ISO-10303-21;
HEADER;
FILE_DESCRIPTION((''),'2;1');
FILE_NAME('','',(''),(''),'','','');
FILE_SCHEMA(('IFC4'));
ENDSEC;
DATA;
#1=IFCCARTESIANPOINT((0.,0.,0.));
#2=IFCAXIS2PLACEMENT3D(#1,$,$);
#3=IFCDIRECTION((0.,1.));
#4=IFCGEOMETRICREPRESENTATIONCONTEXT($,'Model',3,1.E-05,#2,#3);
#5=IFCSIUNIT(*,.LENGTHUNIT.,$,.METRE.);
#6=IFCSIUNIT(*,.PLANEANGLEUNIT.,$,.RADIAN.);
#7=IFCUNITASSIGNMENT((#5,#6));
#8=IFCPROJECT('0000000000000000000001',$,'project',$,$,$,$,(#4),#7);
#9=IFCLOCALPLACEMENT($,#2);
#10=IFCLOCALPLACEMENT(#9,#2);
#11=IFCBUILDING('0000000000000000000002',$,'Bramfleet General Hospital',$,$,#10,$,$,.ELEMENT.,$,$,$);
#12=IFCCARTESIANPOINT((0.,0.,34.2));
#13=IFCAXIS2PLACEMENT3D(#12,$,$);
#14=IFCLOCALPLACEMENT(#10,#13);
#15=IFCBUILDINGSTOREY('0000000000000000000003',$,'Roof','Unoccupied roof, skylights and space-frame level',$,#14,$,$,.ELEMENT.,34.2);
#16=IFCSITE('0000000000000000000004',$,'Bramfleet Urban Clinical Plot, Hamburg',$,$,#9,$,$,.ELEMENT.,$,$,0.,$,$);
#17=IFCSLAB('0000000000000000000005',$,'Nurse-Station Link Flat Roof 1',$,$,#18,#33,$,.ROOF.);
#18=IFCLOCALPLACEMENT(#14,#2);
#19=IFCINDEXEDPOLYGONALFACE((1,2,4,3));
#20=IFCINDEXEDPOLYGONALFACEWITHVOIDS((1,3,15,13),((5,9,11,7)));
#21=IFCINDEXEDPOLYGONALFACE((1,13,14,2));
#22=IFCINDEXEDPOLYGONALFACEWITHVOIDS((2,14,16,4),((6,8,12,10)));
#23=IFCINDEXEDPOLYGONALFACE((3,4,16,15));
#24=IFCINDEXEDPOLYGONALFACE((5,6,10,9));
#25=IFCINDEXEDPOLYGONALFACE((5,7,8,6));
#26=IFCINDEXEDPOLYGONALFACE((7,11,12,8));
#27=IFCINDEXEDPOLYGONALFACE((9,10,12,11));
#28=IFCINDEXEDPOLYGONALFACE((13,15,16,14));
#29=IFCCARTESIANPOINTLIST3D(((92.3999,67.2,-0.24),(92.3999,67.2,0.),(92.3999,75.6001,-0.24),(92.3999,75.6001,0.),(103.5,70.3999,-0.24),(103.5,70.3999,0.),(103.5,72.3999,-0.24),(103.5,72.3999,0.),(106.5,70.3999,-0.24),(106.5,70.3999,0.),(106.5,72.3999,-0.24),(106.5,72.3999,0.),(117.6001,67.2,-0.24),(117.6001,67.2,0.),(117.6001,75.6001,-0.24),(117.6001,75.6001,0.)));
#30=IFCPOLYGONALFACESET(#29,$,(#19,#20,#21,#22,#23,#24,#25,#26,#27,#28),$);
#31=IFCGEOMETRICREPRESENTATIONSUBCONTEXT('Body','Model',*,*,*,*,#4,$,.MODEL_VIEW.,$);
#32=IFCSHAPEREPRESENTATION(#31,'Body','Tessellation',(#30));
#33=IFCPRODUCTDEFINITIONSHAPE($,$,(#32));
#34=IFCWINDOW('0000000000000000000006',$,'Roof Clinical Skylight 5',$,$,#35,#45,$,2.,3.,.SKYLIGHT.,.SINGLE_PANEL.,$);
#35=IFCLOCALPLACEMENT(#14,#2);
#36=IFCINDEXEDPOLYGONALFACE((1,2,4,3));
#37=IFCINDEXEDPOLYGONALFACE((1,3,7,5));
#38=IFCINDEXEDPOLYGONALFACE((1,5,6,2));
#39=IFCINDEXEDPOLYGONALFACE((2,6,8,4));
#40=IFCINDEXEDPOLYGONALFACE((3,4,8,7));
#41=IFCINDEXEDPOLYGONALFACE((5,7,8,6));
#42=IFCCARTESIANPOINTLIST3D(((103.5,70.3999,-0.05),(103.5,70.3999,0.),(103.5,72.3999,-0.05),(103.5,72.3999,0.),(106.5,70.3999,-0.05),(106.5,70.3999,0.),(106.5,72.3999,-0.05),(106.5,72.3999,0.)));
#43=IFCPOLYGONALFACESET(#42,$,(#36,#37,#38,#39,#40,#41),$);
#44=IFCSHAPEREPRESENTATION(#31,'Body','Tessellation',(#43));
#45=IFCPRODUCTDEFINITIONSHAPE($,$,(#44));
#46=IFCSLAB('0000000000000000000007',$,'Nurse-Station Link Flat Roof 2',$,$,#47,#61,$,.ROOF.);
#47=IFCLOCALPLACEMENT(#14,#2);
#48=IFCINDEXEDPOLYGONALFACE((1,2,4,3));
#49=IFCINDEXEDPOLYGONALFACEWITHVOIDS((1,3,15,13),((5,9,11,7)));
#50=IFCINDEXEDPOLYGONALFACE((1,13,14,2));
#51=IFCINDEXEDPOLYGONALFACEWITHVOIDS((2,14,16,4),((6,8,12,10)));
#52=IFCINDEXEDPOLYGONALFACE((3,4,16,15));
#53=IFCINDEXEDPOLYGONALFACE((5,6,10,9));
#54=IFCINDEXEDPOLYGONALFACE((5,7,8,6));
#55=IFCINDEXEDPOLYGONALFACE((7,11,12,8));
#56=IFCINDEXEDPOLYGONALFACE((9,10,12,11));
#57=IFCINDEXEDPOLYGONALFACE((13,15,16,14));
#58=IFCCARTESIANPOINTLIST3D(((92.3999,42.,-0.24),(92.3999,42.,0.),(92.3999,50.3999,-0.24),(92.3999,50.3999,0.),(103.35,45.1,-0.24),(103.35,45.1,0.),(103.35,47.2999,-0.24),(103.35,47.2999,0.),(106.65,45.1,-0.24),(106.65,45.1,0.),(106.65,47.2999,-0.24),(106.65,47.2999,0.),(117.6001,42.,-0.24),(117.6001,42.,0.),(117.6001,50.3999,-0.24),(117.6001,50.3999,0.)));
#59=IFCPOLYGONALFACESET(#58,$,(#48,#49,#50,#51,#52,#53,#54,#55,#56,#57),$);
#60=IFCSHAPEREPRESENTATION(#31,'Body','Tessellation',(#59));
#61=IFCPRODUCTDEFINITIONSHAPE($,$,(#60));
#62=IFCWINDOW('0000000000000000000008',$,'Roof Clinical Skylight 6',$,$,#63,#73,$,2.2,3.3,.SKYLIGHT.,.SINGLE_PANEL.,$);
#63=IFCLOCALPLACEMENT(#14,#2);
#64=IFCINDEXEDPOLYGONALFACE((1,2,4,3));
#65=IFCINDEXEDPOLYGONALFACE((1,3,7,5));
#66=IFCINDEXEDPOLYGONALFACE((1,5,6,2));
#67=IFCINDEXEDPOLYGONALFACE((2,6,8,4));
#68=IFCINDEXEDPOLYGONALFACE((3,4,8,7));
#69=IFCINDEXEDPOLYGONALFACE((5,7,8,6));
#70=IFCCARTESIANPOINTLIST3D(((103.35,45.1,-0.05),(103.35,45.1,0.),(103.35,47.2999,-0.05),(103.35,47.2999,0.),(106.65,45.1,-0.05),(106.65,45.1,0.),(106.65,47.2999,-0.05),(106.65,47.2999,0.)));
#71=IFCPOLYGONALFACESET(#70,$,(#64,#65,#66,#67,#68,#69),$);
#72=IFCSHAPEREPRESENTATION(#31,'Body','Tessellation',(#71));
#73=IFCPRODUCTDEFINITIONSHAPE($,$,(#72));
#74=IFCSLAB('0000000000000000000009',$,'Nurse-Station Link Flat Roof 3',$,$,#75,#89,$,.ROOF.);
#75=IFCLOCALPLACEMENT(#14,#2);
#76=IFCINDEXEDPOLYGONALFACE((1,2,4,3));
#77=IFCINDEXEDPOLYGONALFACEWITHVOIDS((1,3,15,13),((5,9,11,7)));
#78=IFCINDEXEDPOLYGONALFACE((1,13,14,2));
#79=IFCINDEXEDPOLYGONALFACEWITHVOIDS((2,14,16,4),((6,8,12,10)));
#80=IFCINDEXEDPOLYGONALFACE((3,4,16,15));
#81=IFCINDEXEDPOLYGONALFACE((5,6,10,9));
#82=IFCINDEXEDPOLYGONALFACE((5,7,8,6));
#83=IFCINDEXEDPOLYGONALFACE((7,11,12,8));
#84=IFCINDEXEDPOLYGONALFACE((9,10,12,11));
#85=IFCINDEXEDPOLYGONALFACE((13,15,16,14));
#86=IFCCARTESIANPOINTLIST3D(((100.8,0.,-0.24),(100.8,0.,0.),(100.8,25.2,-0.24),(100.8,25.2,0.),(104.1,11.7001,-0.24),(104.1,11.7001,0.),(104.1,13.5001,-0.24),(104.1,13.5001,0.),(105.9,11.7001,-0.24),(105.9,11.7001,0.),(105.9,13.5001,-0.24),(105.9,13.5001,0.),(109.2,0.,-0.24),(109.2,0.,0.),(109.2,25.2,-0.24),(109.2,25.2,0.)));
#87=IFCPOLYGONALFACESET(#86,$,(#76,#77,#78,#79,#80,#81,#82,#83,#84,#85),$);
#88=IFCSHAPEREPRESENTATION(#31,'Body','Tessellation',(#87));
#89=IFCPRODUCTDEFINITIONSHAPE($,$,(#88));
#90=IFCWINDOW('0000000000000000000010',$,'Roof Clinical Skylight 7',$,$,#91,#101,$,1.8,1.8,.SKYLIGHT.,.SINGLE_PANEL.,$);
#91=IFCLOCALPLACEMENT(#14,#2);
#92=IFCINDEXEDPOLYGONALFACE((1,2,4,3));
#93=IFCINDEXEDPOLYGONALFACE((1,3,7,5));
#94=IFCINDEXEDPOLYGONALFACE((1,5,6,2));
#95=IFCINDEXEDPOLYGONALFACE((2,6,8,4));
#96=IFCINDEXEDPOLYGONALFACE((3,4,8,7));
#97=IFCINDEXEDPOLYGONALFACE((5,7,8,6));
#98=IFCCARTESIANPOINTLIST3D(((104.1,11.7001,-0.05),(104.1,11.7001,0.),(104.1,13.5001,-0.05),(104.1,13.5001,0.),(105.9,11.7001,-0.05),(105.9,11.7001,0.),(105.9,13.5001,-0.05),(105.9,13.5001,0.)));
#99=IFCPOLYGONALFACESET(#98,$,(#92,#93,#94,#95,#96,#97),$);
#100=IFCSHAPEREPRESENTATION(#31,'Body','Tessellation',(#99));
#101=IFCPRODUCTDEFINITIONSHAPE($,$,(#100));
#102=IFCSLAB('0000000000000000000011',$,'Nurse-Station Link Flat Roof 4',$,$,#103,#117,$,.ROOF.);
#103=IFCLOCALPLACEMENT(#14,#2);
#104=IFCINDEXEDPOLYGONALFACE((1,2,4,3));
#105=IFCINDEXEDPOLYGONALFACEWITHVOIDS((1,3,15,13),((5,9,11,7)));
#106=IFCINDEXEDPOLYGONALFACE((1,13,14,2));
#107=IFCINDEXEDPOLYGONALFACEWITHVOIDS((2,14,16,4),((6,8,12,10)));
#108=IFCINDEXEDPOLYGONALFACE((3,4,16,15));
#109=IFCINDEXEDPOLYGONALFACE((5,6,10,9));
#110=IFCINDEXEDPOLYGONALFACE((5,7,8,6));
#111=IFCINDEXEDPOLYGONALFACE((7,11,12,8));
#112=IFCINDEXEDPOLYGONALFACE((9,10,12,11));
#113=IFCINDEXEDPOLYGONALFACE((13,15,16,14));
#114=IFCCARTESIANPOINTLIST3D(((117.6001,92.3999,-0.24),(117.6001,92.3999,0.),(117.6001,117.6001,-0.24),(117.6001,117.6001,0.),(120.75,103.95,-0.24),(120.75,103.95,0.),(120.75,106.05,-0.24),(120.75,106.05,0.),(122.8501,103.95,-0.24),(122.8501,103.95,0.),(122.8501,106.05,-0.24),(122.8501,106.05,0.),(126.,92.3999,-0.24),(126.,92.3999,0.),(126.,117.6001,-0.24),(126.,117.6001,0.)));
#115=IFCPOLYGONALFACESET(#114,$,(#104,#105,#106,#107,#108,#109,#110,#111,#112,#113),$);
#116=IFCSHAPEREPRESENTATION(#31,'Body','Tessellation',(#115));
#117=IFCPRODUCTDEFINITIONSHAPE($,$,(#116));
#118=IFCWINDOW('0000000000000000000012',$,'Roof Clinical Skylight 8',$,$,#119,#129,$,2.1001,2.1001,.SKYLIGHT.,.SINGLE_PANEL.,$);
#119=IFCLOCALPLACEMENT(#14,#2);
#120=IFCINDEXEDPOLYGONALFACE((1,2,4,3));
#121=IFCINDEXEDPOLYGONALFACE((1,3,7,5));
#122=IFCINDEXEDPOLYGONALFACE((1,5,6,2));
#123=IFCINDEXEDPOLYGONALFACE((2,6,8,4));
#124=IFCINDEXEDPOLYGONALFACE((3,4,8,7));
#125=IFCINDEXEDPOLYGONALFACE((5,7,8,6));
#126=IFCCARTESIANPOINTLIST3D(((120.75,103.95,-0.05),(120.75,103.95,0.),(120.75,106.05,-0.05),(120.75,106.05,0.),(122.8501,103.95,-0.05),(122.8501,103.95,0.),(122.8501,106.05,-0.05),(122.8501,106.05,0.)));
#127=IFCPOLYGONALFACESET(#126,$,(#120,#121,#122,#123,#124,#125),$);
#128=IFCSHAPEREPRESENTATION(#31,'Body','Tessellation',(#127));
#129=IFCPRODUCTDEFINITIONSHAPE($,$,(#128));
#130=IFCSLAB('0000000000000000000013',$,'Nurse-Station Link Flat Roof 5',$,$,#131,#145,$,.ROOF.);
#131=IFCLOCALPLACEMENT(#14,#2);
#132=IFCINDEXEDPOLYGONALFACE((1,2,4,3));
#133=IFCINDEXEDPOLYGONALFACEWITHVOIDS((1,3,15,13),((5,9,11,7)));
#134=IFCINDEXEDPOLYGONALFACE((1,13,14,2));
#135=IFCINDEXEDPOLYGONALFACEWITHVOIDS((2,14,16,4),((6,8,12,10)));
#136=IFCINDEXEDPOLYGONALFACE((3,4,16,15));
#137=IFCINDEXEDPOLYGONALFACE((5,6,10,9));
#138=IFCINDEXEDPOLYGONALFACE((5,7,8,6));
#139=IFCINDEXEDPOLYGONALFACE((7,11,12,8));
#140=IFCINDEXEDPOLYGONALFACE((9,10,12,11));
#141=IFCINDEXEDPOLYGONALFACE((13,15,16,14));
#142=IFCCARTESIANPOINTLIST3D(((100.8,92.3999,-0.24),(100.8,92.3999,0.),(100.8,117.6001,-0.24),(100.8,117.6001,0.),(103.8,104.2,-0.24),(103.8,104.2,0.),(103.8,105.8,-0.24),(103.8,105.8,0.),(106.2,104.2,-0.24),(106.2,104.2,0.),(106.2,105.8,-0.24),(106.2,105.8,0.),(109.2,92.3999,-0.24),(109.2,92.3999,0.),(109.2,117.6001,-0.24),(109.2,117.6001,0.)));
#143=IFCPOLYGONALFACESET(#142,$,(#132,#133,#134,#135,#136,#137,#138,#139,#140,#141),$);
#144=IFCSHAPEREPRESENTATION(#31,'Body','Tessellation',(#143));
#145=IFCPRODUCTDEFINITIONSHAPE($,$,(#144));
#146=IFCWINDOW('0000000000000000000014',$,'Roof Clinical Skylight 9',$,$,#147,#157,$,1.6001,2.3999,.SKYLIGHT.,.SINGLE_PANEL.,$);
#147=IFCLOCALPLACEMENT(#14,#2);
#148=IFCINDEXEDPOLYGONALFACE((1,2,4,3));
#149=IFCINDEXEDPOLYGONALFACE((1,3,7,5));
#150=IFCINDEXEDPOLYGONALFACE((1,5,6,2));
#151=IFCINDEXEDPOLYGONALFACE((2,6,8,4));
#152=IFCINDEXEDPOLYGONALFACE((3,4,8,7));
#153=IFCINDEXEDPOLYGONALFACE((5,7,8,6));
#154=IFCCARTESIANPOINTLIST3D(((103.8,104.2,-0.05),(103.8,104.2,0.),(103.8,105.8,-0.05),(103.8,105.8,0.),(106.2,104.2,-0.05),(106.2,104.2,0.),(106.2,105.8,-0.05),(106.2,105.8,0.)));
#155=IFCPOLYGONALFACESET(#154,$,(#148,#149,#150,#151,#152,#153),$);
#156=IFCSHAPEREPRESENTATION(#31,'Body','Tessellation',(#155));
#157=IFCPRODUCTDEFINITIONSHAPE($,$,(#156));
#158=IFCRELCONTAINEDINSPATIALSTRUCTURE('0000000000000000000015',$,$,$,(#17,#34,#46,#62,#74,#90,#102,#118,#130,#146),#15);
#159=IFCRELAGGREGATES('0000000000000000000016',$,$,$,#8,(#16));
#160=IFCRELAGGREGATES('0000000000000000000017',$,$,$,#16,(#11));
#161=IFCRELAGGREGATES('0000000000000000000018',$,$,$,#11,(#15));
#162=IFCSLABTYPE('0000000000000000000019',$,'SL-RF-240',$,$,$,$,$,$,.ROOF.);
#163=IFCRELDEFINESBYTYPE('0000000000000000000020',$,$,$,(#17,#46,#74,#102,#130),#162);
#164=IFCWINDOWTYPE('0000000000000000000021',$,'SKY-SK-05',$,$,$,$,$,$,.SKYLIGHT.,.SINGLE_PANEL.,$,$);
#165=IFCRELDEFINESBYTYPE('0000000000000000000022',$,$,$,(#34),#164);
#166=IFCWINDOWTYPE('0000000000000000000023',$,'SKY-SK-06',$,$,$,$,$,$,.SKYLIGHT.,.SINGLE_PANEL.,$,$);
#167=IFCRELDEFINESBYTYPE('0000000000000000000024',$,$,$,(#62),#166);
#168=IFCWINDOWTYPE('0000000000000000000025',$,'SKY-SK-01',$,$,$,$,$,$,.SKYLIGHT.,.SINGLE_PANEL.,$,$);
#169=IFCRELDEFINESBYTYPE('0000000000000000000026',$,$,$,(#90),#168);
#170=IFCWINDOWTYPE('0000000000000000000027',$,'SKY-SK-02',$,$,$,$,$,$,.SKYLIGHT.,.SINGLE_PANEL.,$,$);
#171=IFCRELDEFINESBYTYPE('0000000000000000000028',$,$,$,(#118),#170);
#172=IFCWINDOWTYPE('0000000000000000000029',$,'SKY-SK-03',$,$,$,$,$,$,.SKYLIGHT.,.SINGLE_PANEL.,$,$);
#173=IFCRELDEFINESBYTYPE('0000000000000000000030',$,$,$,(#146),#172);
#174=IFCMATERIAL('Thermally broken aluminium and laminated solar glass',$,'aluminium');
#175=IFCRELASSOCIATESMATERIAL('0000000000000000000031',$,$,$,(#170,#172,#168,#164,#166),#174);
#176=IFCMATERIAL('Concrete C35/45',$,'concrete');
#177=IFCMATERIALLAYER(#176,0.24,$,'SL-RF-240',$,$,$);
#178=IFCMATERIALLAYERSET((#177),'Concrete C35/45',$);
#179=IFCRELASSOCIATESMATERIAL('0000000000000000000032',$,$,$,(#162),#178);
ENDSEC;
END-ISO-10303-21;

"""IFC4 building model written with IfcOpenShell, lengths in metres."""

from ifc_helpers import new_model, si_unit, direction, frame, origin, origin_2d, place, context, subcontext, project, spatial, polyline, rectangle, outline, extrude, material, layer, layer_set, type_object, element, fill, save


model = new_model("IFC4")

# Units and contexts
model_context = context("Model", 3, precision=1e-05, world=origin(), true_north=direction((0.0, 1.0)))
body_context = subcontext(model_context, "Body", "Model", "MODEL_VIEW")
ifc_project = project(units=[si_unit("LENGTHUNIT", "METRE"), si_unit("PLANEANGLEUNIT", "RADIAN")], contexts=[model_context])

# Site, building, storey
site_placement = place(None, origin())
site = spatial("IfcSite", under=ifc_project, at=site_placement, Name="Bramfleet Urban Clinical Plot, Hamburg", CompositionType="ELEMENT", RefElevation=0.0)
building_placement = place(site_placement, origin())
building = spatial("IfcBuilding", under=site, at=building_placement, Name="Bramfleet General Hospital", CompositionType="ELEMENT")
storey_placement = place(building_placement, frame((0.0, 0.0, 34.2)))
storey = spatial("IfcBuildingStorey", under=building, at=storey_placement, Name="Roof", Description="Unoccupied roof, skylights and space-frame level", CompositionType="ELEMENT", Elevation=34.2)

# Shared definitions
ifc_material_1 = material(Name="Concrete C35/45", Category="concrete")
ifc_material_2 = material(Name="Thermally broken aluminium and laminated solar glass", Category="aluminium")
window_type_1 = type_object("IfcWindowType", Name="SKY-SK-02", PartitioningType="SINGLE_PANEL", PredefinedType="SKYLIGHT", material=ifc_material_2)
window_type_2 = type_object("IfcWindowType", Name="SKY-SK-03", PartitioningType="SINGLE_PANEL", PredefinedType="SKYLIGHT", material=ifc_material_2)

# Shared definitions
ifc_layer_1 = layer(ifc_material_1, 0.24, Name="SL-RF-240")
ifc_layer_set_1 = layer_set([ifc_layer_1], Name="Concrete C35/45")
slab_type_1 = type_object("IfcSlabType", Name="SL-RF-240", PredefinedType="ROOF", material=ifc_layer_set_1)

# Slabs, openings, windows
window_type_3 = type_object("IfcWindowType", Name="SKY-SK-01", PartitioningType="SINGLE_PANEL", PredefinedType="SKYLIGHT", material=ifc_material_2)
slab_1_placement = place(storey_placement, frame((0.0, 0.0, -0.24)))
slab_1 = element("IfcSlab", 1, at=slab_1_placement, inside=storey, type_object=slab_type_1, Name="Nurse-Station Link Flat Roof 1", PredefinedType="ROOF", context=body_context, shape_type="SweptSolid", body=[
    extrude(outline(polyline([(92.3999, 75.6001), (92.3999, 75.6001), (117.6001, 75.6001), (117.6001, 75.6001), (117.6001, 67.2), (92.3999, 67.2), (92.3999, 75.6001)])), origin(), (0.0, 0.0, 1.0), 0.24),
])
opening_1_placement = place(slab_1_placement, frame((105.0, 71.3999, -0.01)))
opening_1 = element("IfcOpeningElement", 2, at=opening_1_placement, cuts=slab_1, PredefinedType="OPENING", context=body_context, shape_type="SweptSolid", body=[
    extrude(rectangle(XDim=3.0, YDim=2.0, at=origin_2d()), origin(), (0.0, 0.0, 1.0), 0.26),
])
window_type_4 = type_object("IfcWindowType", Name="SKY-SK-05", PartitioningType="SINGLE_PANEL", PredefinedType="SKYLIGHT", material=ifc_material_2)
window_1_placement = place(slab_1_placement, frame((105.0, 71.3999, 0.1899)))
window_1 = element("IfcWindow", 3, at=window_1_placement, inside=storey, type_object=window_type_4, Name="Roof Clinical Skylight 5", OverallHeight=2.0, OverallWidth=3.0, PartitioningType="SINGLE_PANEL", PredefinedType="SKYLIGHT", context=body_context, shape_type="SweptSolid", body=[
    extrude(rectangle(XDim=3.0, YDim=2.0, at=origin_2d()), origin(), (0.0, 0.0, 1.0), 0.05),
])
fill(opening_1, window_1)
slab_2_placement = place(storey_placement, frame((0.0, 0.0, -0.24)))
slab_2 = element("IfcSlab", 4, at=slab_2_placement, inside=storey, type_object=slab_type_1, Name="Nurse-Station Link Flat Roof 2", PredefinedType="ROOF", context=body_context, shape_type="SweptSolid", body=[
    extrude(outline(polyline([(92.3999, 50.3999), (117.6001, 50.3999), (117.6001, 50.3999), (117.6001, 42.0), (92.3999, 42.0), (92.3999, 50.3999), (92.3999, 50.3999)])), origin(), (0.0, 0.0, 1.0), 0.24),
])
opening_2_placement = place(slab_2_placement, frame((105.0, 46.2, -0.01)))
opening_2 = element("IfcOpeningElement", 5, at=opening_2_placement, cuts=slab_2, PredefinedType="OPENING", context=body_context, shape_type="SweptSolid", body=[
    extrude(rectangle(XDim=3.3, YDim=2.2, at=origin_2d()), origin(), (0.0, 0.0, 1.0), 0.26),
])
window_type_5 = type_object("IfcWindowType", Name="SKY-SK-06", PartitioningType="SINGLE_PANEL", PredefinedType="SKYLIGHT", material=ifc_material_2)
window_2_placement = place(slab_2_placement, frame((105.0, 46.2, 0.1899)))
window_2 = element("IfcWindow", 6, at=window_2_placement, inside=storey, type_object=window_type_5, Name="Roof Clinical Skylight 6", OverallHeight=2.2, OverallWidth=3.3, PartitioningType="SINGLE_PANEL", PredefinedType="SKYLIGHT", context=body_context, shape_type="SweptSolid", body=[
    extrude(rectangle(XDim=3.3, YDim=2.2, at=origin_2d()), origin(), (0.0, 0.0, 1.0), 0.05),
])
fill(opening_2, window_2)
slab_3_placement = place(storey_placement, frame((0.0, 0.0, -0.24)))
slab_3 = element("IfcSlab", 7, at=slab_3_placement, inside=storey, type_object=slab_type_1, Name="Nurse-Station Link Flat Roof 3", PredefinedType="ROOF", context=body_context, shape_type="SweptSolid", body=[
    extrude(outline(polyline([(100.8, 0.0), (100.8, 25.2), (109.2, 25.2), (109.2, 0.0), (100.8, 0.0)])), origin(), (0.0, 0.0, 1.0), 0.24),
])
opening_3_placement = place(slab_3_placement, frame((105.0, 12.6001, -0.01)))
opening_3 = element("IfcOpeningElement", 8, at=opening_3_placement, cuts=slab_3, PredefinedType="OPENING", context=body_context, shape_type="SweptSolid", body=[
    extrude(rectangle(XDim=1.8, YDim=1.8, at=origin_2d()), origin(), (0.0, 0.0, 1.0), 0.26),
])
window_3_placement = place(slab_3_placement, frame((105.0, 12.6001, 0.1899)))
window_3 = element("IfcWindow", 9, at=window_3_placement, inside=storey, type_object=window_type_3, Name="Roof Clinical Skylight 7", OverallHeight=1.8, OverallWidth=1.8, PartitioningType="SINGLE_PANEL", PredefinedType="SKYLIGHT", context=body_context, shape_type="SweptSolid", body=[
    extrude(rectangle(XDim=1.8, YDim=1.8, at=origin_2d()), origin(), (0.0, 0.0, 1.0), 0.05),
])
fill(opening_3, window_3)
slab_4_placement = place(storey_placement, frame((0.0, 0.0, -0.24)))
slab_4 = element("IfcSlab", 10, at=slab_4_placement, inside=storey, type_object=slab_type_1, Name="Nurse-Station Link Flat Roof 4", PredefinedType="ROOF", context=body_context, shape_type="SweptSolid", body=[
    extrude(outline(polyline([(126.0, 117.6001), (126.0, 109.2), (126.0, 100.8), (126.0, 92.3999), (117.6001, 92.3999), (117.6001, 117.6001), (126.0, 117.6001)])), origin(), (0.0, 0.0, 1.0), 0.24),
])
opening_4_placement = place(slab_4_placement, frame((121.8, 105.0, -0.01)))
opening_4 = element("IfcOpeningElement", 11, at=opening_4_placement, cuts=slab_4, PredefinedType="OPENING", context=body_context, shape_type="SweptSolid", body=[
    extrude(rectangle(XDim=2.1001, YDim=2.1001, at=origin_2d()), origin(), (0.0, 0.0, 1.0), 0.26),
])
window_4_placement = place(slab_4_placement, frame((121.8, 105.0, 0.1899)))
window_4 = element("IfcWindow", 12, at=window_4_placement, inside=storey, type_object=window_type_1, Name="Roof Clinical Skylight 8", OverallHeight=2.1001, OverallWidth=2.1001, PartitioningType="SINGLE_PANEL", PredefinedType="SKYLIGHT", context=body_context, shape_type="SweptSolid", body=[
    extrude(rectangle(XDim=2.1001, YDim=2.1001, at=origin_2d()), origin(), (0.0, 0.0, 1.0), 0.05),
])
fill(opening_4, window_4)
slab_5_placement = place(storey_placement, frame((0.0, 0.0, -0.24)))
slab_5 = element("IfcSlab", 13, at=slab_5_placement, inside=storey, type_object=slab_type_1, Name="Nurse-Station Link Flat Roof 5", PredefinedType="ROOF", context=body_context, shape_type="SweptSolid", body=[
    extrude(outline(polyline([(109.2, 117.6001), (109.2, 92.3999), (100.8, 92.3999), (100.8, 117.6001), (109.2, 117.6001)])), origin(), (0.0, 0.0, 1.0), 0.24),
])
opening_5_placement = place(slab_5_placement, frame((105.0, 105.0, -0.01)))
opening_5 = element("IfcOpeningElement", 14, at=opening_5_placement, cuts=slab_5, PredefinedType="OPENING", context=body_context, shape_type="SweptSolid", body=[
    extrude(rectangle(XDim=2.3999, YDim=1.6001, at=origin_2d()), origin(), (0.0, 0.0, 1.0), 0.26),
])
window_5_placement = place(slab_5_placement, frame((105.0, 105.0, 0.1899)))
window_5 = element("IfcWindow", 15, at=window_5_placement, inside=storey, type_object=window_type_2, Name="Roof Clinical Skylight 9", OverallHeight=1.6001, OverallWidth=2.3999, PartitioningType="SINGLE_PANEL", PredefinedType="SKYLIGHT", context=body_context, shape_type="SweptSolid", body=[
    extrude(rectangle(XDim=2.3999, YDim=1.6001, at=origin_2d()), origin(), (0.0, 0.0, 1.0), 0.05),
])
fill(opening_5, window_5)

save(model, "model.ifc")
